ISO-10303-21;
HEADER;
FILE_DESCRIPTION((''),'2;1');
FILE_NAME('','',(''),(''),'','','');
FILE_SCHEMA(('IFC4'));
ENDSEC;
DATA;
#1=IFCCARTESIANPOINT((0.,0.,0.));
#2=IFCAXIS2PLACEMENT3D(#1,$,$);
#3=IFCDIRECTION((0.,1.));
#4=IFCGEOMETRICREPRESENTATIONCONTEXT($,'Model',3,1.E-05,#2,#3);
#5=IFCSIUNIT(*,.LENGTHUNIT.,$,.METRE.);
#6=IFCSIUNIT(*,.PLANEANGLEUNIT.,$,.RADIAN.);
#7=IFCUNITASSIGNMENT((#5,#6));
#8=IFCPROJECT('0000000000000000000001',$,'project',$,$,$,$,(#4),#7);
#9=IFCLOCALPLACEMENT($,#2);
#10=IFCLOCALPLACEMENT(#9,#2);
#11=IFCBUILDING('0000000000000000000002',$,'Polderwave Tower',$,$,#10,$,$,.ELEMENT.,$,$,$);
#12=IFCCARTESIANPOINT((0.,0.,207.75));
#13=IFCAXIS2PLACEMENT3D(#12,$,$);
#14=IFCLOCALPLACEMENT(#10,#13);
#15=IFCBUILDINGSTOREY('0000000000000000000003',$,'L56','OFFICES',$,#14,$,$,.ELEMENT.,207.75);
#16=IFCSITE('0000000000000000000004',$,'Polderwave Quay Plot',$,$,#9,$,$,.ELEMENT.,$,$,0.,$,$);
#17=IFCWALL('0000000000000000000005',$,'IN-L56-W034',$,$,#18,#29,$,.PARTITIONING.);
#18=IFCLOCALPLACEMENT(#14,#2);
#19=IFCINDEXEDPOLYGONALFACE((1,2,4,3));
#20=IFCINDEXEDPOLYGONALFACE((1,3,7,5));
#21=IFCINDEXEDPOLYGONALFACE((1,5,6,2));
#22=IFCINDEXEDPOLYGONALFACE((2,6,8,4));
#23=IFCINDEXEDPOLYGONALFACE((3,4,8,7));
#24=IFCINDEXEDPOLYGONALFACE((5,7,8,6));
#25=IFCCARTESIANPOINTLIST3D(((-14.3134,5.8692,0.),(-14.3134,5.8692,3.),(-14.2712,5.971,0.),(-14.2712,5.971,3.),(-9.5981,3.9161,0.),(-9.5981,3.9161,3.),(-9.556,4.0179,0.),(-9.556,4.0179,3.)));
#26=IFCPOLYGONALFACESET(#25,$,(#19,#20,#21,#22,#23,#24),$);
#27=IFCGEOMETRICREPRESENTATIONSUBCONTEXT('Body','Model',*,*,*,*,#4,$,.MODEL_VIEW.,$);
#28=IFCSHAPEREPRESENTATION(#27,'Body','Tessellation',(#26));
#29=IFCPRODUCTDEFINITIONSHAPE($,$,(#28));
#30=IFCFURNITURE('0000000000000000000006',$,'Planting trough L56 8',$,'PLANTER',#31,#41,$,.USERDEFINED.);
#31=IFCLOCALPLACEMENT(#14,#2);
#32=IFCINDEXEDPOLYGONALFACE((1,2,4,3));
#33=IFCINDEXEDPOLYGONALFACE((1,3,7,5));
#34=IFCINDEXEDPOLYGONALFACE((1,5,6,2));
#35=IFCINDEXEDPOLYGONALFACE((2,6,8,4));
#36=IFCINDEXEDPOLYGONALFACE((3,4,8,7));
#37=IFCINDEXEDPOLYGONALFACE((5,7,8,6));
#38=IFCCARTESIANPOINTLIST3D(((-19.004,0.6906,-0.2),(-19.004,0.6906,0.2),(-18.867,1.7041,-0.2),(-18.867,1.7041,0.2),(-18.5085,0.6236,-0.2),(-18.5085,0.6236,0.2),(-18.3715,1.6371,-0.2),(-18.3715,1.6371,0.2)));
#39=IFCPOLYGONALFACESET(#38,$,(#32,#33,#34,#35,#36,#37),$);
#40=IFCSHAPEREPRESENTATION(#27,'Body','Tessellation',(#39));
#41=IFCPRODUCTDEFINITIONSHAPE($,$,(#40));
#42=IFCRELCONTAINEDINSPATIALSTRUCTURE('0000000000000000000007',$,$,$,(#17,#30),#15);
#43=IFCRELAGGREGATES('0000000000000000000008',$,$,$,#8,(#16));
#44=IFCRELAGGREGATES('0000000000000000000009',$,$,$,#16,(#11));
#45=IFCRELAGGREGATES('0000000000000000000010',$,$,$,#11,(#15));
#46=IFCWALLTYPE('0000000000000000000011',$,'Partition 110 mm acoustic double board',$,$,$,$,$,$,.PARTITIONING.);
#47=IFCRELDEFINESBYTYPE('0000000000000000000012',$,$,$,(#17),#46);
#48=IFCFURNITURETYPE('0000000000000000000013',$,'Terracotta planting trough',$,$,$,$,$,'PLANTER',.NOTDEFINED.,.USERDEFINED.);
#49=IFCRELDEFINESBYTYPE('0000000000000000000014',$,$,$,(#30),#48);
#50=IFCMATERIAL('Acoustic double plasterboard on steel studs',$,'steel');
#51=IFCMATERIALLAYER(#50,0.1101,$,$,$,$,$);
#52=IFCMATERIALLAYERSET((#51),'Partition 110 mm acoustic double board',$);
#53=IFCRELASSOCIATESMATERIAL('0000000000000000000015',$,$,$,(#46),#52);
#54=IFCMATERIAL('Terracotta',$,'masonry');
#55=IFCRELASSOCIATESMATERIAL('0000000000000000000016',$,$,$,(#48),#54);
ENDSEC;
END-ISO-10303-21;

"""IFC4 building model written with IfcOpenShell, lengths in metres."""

from ifc_helpers import new_model, si_unit, direction, frame, frame_2d, origin, origin_2d, place, context, subcontext, project, spatial, rectangle, extrude, material, layer, layer_set, type_object, element, save


model = new_model("IFC4")

# Units and contexts
model_context = context("Model", 3, precision=1e-05, world=origin(), true_north=direction((0.0, 1.0)))
body_context = subcontext(model_context, "Body", "Model", "MODEL_VIEW")
ifc_project = project(units=[si_unit("LENGTHUNIT", "METRE"), si_unit("PLANEANGLEUNIT", "RADIAN")], contexts=[model_context])

# Site, building, storey
site_placement = place(None, origin())
site = spatial("IfcSite", under=ifc_project, at=site_placement, Name="Polderwave Quay Plot", CompositionType="ELEMENT", RefElevation=0.0)
building_placement = place(site_placement, origin())
building = spatial("IfcBuilding", under=site, at=building_placement, Name="Polderwave Tower", CompositionType="ELEMENT")
storey_placement = place(building_placement, frame((0.0, 0.0, 207.75)))
storey = spatial("IfcBuildingStorey", under=building, at=storey_placement, Name="L56", Description="OFFICES", CompositionType="ELEMENT", Elevation=207.75)

# Wall
ifc_material_1 = material(Name="Acoustic double plasterboard on steel studs", Category="steel")
ifc_layer_1 = layer(ifc_material_1, 0.1101)
ifc_layer_set_1 = layer_set([ifc_layer_1], Name="Partition 110 mm acoustic double board")
wall_type_1 = type_object("IfcWallType", Name="Partition 110 mm acoustic double board", PredefinedType="PARTITIONING", material=ifc_layer_set_1)
wall_1_placement = place(storey_placement, frame((-9.5771, 3.967, 0.0), z_axis=(0.0, 0.0, 1.0), x_axis=(-0.923882, 0.382679, 0.0)))
element("IfcWall", 1, at=wall_1_placement, inside=storey, type_object=wall_type_1, Name="IN-L56-W034", PredefinedType="PARTITIONING", context=body_context, shape_type="SweptSolid", body=[
    extrude(rectangle(XDim=5.1038, YDim=0.1101, at=frame_2d((2.5518, 0.0))), origin(), (0.0, 0.0, 1.0), 3.0),
])

# Furniture
ifc_material_2 = material(Name="Terracotta", Category="masonry")
furniture_type = type_object("IfcFurnitureType", Name="Terracotta planting trough", ElementType="PLANTER", AssemblyPlace="NOTDEFINED", PredefinedType="USERDEFINED", material=ifc_material_2)
furniture_placement = place(storey_placement, frame((-18.6877, 1.1638, -0.2), z_axis=(0.0, 0.0, 1.0), x_axis=(-0.134014, -0.990979, 0.0)))
element("IfcFurniture", 2, at=furniture_placement, inside=storey, type_object=furniture_type, Name="Planting trough L56 8", ObjectType="PLANTER", PredefinedType="USERDEFINED", context=body_context, shape_type="SweptSolid", body=[
    extrude(rectangle(XDim=1.0227, YDim=0.5, at=origin_2d()), origin(), (0.0, 0.0, 1.0), 0.3999),
])

save(model, "model.ifc")
